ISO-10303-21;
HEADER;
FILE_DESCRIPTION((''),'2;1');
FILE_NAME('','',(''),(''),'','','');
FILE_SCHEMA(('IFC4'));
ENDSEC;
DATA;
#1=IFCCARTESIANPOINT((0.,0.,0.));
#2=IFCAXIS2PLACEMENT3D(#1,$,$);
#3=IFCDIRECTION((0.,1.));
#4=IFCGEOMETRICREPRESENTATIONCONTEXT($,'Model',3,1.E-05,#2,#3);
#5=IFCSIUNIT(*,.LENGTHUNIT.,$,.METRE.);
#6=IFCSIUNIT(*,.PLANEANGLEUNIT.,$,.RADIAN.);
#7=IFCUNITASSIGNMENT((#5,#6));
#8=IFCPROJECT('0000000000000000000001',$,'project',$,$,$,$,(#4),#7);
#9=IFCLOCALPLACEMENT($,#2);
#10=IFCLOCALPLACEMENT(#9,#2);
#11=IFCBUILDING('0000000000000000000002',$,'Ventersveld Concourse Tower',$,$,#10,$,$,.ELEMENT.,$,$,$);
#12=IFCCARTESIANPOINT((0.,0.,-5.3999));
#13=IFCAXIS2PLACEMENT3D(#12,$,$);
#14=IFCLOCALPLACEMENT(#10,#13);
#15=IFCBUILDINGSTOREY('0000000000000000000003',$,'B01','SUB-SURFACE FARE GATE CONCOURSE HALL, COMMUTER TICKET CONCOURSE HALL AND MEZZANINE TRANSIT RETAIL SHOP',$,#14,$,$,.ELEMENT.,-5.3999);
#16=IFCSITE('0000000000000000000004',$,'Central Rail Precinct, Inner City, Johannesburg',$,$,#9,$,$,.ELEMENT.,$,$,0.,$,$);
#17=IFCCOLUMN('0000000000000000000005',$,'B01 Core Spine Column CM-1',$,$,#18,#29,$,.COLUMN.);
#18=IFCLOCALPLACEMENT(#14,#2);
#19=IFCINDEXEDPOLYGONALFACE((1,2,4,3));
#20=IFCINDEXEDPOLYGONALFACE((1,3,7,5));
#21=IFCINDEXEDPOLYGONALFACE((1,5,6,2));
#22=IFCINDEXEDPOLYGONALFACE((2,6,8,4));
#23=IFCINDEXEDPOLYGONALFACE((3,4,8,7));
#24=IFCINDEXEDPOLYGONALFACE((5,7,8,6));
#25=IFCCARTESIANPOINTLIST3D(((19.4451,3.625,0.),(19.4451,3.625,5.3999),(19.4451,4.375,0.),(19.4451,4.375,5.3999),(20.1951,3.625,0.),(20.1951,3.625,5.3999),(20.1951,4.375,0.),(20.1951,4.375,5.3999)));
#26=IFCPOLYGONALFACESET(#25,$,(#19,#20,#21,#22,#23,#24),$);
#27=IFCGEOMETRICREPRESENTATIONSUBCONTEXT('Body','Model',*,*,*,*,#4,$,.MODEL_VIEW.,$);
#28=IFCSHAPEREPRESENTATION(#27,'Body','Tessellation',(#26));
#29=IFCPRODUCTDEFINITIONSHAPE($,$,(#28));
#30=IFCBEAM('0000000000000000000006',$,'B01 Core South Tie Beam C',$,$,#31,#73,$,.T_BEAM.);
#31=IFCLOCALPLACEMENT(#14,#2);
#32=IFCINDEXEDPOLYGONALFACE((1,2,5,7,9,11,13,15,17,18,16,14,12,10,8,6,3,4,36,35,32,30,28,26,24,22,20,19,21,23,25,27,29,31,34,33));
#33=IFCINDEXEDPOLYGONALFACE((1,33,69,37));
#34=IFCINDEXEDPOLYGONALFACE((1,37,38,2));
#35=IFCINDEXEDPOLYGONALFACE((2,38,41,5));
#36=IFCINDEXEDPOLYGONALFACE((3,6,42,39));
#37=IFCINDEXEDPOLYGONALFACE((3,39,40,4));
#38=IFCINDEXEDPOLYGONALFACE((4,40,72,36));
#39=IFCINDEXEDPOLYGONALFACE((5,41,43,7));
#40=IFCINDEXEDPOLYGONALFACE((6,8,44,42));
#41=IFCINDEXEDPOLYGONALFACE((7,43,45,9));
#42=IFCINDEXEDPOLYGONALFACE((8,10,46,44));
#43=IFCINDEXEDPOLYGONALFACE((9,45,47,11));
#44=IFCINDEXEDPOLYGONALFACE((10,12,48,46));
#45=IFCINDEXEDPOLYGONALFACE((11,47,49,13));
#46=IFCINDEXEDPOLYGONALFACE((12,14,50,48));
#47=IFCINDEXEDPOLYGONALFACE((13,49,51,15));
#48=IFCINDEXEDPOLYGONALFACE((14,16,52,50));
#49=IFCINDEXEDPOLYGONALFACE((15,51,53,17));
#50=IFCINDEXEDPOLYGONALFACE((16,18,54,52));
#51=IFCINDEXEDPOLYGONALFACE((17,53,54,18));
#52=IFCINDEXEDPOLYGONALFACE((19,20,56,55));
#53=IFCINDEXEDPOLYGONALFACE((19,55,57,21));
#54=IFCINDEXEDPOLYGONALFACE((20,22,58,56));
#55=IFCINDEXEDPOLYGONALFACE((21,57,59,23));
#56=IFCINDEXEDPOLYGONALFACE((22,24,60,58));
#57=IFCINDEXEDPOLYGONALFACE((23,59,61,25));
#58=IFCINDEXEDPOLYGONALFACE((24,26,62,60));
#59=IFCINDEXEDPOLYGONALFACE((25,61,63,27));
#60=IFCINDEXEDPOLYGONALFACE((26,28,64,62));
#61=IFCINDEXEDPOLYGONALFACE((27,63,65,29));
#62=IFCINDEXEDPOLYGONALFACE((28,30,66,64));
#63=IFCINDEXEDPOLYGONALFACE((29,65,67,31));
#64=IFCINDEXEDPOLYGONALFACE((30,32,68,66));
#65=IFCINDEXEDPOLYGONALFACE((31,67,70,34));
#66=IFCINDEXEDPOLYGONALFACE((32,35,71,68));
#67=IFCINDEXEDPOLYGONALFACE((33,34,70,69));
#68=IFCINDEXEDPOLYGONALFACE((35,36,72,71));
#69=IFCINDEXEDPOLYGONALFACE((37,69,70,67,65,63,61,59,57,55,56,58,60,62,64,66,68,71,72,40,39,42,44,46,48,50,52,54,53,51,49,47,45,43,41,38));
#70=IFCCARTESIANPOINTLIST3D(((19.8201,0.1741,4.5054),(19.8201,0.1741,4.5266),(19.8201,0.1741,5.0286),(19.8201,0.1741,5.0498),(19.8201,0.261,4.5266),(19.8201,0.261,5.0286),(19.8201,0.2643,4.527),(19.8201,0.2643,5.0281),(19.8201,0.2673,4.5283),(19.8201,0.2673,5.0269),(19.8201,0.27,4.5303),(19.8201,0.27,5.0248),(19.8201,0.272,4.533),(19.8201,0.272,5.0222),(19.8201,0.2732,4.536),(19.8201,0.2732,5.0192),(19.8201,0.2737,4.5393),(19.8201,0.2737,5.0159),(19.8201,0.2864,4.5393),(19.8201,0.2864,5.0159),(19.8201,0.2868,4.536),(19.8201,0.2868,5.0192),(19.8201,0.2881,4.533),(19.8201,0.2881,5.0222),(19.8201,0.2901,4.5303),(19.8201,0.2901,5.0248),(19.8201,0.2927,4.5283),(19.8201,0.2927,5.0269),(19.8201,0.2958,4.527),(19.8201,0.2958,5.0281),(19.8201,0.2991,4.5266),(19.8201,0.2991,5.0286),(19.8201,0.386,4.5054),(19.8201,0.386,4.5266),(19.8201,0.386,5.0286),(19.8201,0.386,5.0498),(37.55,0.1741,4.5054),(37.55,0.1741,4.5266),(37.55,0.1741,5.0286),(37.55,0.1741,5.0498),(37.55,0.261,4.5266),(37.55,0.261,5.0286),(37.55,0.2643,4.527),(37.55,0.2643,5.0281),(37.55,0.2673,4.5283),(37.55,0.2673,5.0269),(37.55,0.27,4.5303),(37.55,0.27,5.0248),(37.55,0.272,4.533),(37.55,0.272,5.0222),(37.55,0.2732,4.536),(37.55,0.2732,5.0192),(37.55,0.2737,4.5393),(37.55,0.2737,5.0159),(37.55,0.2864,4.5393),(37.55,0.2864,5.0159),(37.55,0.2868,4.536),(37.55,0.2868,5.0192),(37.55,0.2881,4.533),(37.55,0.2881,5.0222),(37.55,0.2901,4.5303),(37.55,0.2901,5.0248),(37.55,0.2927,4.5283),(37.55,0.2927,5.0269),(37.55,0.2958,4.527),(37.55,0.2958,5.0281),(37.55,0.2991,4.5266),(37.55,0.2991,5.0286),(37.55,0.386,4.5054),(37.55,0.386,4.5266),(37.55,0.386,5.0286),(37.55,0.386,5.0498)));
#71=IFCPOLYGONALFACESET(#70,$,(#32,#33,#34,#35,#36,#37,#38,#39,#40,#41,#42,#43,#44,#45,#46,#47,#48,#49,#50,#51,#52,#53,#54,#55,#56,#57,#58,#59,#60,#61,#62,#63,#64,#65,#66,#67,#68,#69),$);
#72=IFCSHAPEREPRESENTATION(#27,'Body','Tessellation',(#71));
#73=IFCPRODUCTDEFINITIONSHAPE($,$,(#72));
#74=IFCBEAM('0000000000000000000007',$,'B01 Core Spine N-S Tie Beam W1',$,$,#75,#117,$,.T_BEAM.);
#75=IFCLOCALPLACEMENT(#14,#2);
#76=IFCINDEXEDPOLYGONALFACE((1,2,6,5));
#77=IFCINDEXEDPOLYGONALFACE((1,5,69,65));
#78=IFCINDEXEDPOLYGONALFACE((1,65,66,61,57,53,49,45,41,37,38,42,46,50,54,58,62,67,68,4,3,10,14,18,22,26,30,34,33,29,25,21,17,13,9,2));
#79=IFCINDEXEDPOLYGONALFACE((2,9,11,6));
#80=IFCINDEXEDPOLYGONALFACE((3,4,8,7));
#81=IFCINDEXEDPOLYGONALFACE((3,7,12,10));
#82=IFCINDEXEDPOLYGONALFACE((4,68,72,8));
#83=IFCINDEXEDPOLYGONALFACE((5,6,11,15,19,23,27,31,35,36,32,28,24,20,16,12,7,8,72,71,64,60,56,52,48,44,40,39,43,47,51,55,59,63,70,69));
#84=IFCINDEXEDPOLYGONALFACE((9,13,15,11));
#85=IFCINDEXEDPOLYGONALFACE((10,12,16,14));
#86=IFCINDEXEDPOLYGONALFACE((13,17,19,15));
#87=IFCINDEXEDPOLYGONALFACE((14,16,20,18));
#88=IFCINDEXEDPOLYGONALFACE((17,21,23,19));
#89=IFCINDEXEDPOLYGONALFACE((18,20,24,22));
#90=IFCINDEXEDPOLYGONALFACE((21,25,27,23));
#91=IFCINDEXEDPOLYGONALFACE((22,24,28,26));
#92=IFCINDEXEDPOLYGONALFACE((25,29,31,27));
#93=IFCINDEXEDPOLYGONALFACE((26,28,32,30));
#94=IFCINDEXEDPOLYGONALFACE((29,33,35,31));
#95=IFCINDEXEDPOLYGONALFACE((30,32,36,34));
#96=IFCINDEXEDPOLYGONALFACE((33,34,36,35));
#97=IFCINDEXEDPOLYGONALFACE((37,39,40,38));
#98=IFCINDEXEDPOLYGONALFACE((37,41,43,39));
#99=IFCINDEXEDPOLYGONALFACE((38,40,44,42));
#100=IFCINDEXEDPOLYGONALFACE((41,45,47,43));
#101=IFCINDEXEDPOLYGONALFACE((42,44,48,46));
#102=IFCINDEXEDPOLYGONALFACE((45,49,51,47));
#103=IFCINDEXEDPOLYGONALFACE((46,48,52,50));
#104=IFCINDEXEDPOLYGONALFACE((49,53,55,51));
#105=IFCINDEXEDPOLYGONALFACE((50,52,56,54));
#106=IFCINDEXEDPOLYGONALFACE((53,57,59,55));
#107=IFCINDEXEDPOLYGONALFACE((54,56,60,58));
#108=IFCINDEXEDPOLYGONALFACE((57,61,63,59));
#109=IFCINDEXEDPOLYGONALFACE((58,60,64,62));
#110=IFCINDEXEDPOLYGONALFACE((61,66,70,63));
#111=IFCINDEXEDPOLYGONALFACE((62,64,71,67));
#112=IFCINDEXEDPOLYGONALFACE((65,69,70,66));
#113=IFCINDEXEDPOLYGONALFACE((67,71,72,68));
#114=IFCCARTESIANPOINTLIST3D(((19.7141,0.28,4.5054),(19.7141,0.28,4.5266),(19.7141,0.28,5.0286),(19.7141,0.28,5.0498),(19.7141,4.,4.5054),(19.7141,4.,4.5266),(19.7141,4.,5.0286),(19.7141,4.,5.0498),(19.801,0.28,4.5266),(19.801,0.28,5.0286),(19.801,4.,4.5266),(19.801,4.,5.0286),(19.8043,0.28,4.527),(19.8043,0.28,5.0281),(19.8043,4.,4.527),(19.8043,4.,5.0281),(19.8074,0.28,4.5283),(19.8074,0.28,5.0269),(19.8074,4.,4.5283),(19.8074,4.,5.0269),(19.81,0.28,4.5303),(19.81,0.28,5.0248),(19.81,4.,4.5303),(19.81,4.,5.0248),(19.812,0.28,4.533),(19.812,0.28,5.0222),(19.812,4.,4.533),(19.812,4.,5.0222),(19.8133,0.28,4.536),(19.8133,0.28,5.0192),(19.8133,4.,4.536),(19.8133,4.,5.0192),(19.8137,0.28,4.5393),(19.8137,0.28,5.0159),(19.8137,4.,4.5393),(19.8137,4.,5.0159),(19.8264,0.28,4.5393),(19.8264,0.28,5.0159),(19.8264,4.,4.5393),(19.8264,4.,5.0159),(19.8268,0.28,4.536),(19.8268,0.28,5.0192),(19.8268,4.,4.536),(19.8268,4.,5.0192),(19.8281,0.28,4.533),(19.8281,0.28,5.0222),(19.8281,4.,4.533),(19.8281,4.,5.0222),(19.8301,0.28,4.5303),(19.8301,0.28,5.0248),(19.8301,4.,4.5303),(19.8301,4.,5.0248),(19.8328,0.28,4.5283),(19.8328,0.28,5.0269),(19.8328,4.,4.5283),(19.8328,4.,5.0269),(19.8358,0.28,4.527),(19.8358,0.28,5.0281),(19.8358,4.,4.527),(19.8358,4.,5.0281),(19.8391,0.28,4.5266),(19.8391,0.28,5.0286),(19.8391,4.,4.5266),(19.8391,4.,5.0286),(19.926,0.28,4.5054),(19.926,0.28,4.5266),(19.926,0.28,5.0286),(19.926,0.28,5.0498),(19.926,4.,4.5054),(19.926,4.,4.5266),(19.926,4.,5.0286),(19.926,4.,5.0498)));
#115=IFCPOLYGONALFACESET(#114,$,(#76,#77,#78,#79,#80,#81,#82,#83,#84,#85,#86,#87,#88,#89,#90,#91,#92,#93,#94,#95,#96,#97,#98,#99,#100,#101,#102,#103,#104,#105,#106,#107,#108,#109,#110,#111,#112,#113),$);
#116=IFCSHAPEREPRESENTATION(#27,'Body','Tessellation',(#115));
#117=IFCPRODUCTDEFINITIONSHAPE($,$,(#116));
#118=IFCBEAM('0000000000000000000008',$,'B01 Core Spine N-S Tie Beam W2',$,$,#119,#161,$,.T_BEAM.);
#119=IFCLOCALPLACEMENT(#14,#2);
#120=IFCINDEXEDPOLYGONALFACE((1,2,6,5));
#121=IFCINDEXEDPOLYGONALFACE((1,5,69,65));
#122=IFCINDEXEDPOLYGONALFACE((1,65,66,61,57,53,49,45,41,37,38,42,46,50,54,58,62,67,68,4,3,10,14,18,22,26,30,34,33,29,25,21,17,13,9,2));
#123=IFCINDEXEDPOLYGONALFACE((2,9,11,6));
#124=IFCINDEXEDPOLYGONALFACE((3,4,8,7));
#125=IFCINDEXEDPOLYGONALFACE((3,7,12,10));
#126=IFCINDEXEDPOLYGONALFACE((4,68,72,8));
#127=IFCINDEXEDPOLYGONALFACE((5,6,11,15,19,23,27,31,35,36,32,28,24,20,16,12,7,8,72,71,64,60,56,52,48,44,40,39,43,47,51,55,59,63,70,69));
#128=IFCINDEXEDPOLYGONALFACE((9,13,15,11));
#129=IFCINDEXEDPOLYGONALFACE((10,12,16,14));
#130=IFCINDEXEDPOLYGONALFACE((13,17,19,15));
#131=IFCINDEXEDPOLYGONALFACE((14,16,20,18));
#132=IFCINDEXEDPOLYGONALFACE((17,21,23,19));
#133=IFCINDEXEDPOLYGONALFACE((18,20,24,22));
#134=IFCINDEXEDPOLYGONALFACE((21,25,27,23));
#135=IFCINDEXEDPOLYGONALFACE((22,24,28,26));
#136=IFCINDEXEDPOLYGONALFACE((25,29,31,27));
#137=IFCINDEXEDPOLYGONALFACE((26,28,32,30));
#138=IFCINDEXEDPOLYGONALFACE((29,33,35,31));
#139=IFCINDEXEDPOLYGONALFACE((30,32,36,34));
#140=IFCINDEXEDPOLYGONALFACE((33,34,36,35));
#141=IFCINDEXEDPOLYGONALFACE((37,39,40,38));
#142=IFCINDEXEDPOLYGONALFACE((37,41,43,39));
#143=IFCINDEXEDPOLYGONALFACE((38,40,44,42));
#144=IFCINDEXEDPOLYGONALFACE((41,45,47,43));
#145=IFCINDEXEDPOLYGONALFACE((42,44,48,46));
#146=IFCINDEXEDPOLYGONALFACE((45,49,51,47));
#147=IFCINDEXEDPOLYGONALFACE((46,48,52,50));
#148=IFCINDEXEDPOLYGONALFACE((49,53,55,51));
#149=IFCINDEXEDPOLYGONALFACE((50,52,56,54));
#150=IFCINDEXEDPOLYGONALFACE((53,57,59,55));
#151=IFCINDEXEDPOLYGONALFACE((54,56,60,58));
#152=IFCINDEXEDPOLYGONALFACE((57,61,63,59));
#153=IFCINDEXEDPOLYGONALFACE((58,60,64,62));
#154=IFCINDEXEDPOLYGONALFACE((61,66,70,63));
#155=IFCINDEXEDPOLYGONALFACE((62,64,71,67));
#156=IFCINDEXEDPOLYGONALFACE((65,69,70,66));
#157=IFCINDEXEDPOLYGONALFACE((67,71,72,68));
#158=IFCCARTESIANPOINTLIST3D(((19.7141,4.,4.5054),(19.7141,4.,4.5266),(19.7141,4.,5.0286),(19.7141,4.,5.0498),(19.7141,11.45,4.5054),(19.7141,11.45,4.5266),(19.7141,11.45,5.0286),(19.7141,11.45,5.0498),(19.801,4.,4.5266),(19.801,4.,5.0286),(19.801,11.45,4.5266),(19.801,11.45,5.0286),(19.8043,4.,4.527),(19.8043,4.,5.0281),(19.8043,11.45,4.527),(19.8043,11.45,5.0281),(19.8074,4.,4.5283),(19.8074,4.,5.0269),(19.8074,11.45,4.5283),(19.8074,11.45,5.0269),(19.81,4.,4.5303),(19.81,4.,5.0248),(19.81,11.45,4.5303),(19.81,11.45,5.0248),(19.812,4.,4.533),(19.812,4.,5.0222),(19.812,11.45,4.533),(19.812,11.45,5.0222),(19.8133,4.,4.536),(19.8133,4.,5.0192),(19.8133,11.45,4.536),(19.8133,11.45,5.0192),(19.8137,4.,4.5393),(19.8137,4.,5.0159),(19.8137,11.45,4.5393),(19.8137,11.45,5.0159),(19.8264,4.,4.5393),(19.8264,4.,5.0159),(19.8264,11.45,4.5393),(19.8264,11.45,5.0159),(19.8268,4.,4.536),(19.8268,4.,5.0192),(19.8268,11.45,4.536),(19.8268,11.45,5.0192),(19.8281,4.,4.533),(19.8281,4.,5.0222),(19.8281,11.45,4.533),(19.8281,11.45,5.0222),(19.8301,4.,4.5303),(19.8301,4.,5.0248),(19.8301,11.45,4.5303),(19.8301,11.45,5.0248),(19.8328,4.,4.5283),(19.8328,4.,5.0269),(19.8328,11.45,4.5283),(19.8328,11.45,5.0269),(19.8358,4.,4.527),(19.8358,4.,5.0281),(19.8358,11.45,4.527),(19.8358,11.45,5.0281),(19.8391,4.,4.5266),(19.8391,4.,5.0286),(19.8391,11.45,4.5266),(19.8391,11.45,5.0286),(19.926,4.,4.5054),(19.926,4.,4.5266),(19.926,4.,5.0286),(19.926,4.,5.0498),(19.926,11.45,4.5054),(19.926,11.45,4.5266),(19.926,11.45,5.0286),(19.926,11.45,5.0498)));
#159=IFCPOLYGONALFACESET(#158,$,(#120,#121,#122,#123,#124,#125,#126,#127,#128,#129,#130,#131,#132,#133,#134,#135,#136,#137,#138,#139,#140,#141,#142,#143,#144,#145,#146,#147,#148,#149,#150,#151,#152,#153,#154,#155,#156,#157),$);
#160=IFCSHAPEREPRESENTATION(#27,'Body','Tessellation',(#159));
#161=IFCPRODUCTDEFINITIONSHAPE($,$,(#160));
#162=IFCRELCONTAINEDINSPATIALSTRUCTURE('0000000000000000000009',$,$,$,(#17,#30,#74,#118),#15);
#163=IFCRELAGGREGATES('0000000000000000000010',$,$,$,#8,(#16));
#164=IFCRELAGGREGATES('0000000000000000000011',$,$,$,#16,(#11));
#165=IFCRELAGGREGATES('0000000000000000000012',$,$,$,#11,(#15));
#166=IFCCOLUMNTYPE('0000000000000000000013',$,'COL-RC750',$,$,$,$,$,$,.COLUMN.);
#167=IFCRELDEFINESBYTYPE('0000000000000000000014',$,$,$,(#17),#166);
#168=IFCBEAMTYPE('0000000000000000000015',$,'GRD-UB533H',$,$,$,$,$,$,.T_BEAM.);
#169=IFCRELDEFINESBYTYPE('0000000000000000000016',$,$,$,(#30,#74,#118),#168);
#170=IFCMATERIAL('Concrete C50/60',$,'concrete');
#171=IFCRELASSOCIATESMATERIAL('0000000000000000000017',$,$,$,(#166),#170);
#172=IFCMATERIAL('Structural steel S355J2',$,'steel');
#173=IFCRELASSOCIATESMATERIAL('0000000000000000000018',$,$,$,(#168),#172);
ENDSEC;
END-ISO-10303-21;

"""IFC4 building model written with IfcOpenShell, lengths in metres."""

from ifc_helpers import new_model, si_unit, direction, frame, origin, origin_2d, place, context, subcontext, project, spatial, rectangle, i_section, extrude, material, material_profile, profile_set, type_object, element, save


model = new_model("IFC4")

# Units and contexts
model_context = context("Model", 3, precision=1e-05, world=origin(), true_north=direction((0.0, 1.0)))
body_context = subcontext(model_context, "Body", "Model", "MODEL_VIEW")
ifc_project = project(units=[si_unit("LENGTHUNIT", "METRE"), si_unit("PLANEANGLEUNIT", "RADIAN")], contexts=[model_context])

# Site, building, storey
site_placement = place(None, origin())
site = spatial("IfcSite", under=ifc_project, at=site_placement, Name="Central Rail Precinct, Inner City, Johannesburg", CompositionType="ELEMENT", RefElevation=0.0)
building_placement = place(site_placement, origin())
building = spatial("IfcBuilding", under=site, at=building_placement, Name="Ventersveld Concourse Tower", CompositionType="ELEMENT")
storey_placement = place(building_placement, frame((0.0, 0.0, -5.3999)))
storey = spatial("IfcBuildingStorey", under=building, at=storey_placement, Name="B01", Description="SUB-SURFACE FARE GATE CONCOURSE HALL, COMMUTER TICKET CONCOURSE HALL AND MEZZANINE TRANSIT RETAIL SHOP", CompositionType="ELEMENT", Elevation=-5.3999)

# Column
ifc_material_1 = material(Name="Concrete C50/60", Category="concrete")
ifc_material_profile_1 = material_profile(ifc_material_1, rectangle(XDim=0.75, YDim=0.75, at=origin_2d()), Name="RC 750x750")
ifc_profile_set_1 = profile_set([ifc_material_profile_1], Name="Concrete C50/60")
column_type = type_object("IfcColumnType", Name="COL-RC750", PredefinedType="COLUMN", material=ifc_profile_set_1)
column_placement = place(storey_placement, frame((19.8201, 4.0, 0.0), z_axis=(0.0, 0.0, 1.0), x_axis=(1.0, 0.0, 0.0)))
element("IfcColumn", 1, at=column_placement, inside=storey, type_object=column_type, Name="B01 Core Spine Column CM-1", PredefinedType="COLUMN", context=body_context, shape_type="SweptSolid", body=[
    extrude(rectangle(XDim=0.75, YDim=0.75, at=origin_2d()), origin(), (0.0, 0.0, 1.0), 5.3999),
])

# Beams
ifc_material_2 = material(Name="Structural steel S355J2", Category="steel")
ifc_material_profile_2 = material_profile(ifc_material_2, i_section(OverallWidth=0.2119, OverallDepth=0.5444, WebThickness=0.0127, FlangeThickness=0.0212, FilletRadius=0.0127, at=origin_2d()), Name="UB 533x210x122")
ifc_profile_set_2 = profile_set([ifc_material_profile_2], Name="Structural steel S355J2")
beam_type_1 = type_object("IfcBeamType", Name="GRD-UB533H", PredefinedType="T_BEAM", material=ifc_profile_set_2)
beam_1_placement = place(storey_placement, frame((19.8201, 0.28, 4.7776), z_axis=(1.0, 0.0, 0.0), x_axis=(0.0, 1.0, 0.0)))
element("IfcBeam", 2, at=beam_1_placement, inside=storey, type_object=beam_type_1, Name="B01 Core South Tie Beam C", PredefinedType="T_BEAM", context=body_context, shape_type="SweptSolid", body=[
    extrude(i_section(OverallWidth=0.2119, OverallDepth=0.5444, WebThickness=0.0127, FlangeThickness=0.0212, FilletRadius=0.0127, at=origin_2d()), origin(), (0.0, 0.0, 1.0), 17.73),
])
beam_2_placement = place(storey_placement, frame((19.8201, 0.28, 4.7776), z_axis=(0.0, 1.0, 0.0), x_axis=(-1.0, 0.0, 0.0)))
element("IfcBeam", 3, at=beam_2_placement, inside=storey, type_object=beam_type_1, Name="B01 Core Spine N-S Tie Beam W1", PredefinedType="T_BEAM", context=body_context, shape_type="SweptSolid", body=[
    extrude(i_section(OverallWidth=0.2119, OverallDepth=0.5444, WebThickness=0.0127, FlangeThickness=0.0212, FilletRadius=0.0127, at=origin_2d()), origin(), (0.0, 0.0, 1.0), 3.72),
])
beam_3_placement = place(storey_placement, frame((19.8201, 4.0, 4.7776), z_axis=(0.0, 1.0, 0.0), x_axis=(-1.0, 0.0, 0.0)))
element("IfcBeam", 4, at=beam_3_placement, inside=storey, type_object=beam_type_1, Name="B01 Core Spine N-S Tie Beam W2", PredefinedType="T_BEAM", context=body_context, shape_type="SweptSolid", body=[
    extrude(i_section(OverallWidth=0.2119, OverallDepth=0.5444, WebThickness=0.0127, FlangeThickness=0.0212, FilletRadius=0.0127, at=origin_2d()), origin(), (0.0, 0.0, 1.0), 7.45),
])

save(model, "model.ifc")
